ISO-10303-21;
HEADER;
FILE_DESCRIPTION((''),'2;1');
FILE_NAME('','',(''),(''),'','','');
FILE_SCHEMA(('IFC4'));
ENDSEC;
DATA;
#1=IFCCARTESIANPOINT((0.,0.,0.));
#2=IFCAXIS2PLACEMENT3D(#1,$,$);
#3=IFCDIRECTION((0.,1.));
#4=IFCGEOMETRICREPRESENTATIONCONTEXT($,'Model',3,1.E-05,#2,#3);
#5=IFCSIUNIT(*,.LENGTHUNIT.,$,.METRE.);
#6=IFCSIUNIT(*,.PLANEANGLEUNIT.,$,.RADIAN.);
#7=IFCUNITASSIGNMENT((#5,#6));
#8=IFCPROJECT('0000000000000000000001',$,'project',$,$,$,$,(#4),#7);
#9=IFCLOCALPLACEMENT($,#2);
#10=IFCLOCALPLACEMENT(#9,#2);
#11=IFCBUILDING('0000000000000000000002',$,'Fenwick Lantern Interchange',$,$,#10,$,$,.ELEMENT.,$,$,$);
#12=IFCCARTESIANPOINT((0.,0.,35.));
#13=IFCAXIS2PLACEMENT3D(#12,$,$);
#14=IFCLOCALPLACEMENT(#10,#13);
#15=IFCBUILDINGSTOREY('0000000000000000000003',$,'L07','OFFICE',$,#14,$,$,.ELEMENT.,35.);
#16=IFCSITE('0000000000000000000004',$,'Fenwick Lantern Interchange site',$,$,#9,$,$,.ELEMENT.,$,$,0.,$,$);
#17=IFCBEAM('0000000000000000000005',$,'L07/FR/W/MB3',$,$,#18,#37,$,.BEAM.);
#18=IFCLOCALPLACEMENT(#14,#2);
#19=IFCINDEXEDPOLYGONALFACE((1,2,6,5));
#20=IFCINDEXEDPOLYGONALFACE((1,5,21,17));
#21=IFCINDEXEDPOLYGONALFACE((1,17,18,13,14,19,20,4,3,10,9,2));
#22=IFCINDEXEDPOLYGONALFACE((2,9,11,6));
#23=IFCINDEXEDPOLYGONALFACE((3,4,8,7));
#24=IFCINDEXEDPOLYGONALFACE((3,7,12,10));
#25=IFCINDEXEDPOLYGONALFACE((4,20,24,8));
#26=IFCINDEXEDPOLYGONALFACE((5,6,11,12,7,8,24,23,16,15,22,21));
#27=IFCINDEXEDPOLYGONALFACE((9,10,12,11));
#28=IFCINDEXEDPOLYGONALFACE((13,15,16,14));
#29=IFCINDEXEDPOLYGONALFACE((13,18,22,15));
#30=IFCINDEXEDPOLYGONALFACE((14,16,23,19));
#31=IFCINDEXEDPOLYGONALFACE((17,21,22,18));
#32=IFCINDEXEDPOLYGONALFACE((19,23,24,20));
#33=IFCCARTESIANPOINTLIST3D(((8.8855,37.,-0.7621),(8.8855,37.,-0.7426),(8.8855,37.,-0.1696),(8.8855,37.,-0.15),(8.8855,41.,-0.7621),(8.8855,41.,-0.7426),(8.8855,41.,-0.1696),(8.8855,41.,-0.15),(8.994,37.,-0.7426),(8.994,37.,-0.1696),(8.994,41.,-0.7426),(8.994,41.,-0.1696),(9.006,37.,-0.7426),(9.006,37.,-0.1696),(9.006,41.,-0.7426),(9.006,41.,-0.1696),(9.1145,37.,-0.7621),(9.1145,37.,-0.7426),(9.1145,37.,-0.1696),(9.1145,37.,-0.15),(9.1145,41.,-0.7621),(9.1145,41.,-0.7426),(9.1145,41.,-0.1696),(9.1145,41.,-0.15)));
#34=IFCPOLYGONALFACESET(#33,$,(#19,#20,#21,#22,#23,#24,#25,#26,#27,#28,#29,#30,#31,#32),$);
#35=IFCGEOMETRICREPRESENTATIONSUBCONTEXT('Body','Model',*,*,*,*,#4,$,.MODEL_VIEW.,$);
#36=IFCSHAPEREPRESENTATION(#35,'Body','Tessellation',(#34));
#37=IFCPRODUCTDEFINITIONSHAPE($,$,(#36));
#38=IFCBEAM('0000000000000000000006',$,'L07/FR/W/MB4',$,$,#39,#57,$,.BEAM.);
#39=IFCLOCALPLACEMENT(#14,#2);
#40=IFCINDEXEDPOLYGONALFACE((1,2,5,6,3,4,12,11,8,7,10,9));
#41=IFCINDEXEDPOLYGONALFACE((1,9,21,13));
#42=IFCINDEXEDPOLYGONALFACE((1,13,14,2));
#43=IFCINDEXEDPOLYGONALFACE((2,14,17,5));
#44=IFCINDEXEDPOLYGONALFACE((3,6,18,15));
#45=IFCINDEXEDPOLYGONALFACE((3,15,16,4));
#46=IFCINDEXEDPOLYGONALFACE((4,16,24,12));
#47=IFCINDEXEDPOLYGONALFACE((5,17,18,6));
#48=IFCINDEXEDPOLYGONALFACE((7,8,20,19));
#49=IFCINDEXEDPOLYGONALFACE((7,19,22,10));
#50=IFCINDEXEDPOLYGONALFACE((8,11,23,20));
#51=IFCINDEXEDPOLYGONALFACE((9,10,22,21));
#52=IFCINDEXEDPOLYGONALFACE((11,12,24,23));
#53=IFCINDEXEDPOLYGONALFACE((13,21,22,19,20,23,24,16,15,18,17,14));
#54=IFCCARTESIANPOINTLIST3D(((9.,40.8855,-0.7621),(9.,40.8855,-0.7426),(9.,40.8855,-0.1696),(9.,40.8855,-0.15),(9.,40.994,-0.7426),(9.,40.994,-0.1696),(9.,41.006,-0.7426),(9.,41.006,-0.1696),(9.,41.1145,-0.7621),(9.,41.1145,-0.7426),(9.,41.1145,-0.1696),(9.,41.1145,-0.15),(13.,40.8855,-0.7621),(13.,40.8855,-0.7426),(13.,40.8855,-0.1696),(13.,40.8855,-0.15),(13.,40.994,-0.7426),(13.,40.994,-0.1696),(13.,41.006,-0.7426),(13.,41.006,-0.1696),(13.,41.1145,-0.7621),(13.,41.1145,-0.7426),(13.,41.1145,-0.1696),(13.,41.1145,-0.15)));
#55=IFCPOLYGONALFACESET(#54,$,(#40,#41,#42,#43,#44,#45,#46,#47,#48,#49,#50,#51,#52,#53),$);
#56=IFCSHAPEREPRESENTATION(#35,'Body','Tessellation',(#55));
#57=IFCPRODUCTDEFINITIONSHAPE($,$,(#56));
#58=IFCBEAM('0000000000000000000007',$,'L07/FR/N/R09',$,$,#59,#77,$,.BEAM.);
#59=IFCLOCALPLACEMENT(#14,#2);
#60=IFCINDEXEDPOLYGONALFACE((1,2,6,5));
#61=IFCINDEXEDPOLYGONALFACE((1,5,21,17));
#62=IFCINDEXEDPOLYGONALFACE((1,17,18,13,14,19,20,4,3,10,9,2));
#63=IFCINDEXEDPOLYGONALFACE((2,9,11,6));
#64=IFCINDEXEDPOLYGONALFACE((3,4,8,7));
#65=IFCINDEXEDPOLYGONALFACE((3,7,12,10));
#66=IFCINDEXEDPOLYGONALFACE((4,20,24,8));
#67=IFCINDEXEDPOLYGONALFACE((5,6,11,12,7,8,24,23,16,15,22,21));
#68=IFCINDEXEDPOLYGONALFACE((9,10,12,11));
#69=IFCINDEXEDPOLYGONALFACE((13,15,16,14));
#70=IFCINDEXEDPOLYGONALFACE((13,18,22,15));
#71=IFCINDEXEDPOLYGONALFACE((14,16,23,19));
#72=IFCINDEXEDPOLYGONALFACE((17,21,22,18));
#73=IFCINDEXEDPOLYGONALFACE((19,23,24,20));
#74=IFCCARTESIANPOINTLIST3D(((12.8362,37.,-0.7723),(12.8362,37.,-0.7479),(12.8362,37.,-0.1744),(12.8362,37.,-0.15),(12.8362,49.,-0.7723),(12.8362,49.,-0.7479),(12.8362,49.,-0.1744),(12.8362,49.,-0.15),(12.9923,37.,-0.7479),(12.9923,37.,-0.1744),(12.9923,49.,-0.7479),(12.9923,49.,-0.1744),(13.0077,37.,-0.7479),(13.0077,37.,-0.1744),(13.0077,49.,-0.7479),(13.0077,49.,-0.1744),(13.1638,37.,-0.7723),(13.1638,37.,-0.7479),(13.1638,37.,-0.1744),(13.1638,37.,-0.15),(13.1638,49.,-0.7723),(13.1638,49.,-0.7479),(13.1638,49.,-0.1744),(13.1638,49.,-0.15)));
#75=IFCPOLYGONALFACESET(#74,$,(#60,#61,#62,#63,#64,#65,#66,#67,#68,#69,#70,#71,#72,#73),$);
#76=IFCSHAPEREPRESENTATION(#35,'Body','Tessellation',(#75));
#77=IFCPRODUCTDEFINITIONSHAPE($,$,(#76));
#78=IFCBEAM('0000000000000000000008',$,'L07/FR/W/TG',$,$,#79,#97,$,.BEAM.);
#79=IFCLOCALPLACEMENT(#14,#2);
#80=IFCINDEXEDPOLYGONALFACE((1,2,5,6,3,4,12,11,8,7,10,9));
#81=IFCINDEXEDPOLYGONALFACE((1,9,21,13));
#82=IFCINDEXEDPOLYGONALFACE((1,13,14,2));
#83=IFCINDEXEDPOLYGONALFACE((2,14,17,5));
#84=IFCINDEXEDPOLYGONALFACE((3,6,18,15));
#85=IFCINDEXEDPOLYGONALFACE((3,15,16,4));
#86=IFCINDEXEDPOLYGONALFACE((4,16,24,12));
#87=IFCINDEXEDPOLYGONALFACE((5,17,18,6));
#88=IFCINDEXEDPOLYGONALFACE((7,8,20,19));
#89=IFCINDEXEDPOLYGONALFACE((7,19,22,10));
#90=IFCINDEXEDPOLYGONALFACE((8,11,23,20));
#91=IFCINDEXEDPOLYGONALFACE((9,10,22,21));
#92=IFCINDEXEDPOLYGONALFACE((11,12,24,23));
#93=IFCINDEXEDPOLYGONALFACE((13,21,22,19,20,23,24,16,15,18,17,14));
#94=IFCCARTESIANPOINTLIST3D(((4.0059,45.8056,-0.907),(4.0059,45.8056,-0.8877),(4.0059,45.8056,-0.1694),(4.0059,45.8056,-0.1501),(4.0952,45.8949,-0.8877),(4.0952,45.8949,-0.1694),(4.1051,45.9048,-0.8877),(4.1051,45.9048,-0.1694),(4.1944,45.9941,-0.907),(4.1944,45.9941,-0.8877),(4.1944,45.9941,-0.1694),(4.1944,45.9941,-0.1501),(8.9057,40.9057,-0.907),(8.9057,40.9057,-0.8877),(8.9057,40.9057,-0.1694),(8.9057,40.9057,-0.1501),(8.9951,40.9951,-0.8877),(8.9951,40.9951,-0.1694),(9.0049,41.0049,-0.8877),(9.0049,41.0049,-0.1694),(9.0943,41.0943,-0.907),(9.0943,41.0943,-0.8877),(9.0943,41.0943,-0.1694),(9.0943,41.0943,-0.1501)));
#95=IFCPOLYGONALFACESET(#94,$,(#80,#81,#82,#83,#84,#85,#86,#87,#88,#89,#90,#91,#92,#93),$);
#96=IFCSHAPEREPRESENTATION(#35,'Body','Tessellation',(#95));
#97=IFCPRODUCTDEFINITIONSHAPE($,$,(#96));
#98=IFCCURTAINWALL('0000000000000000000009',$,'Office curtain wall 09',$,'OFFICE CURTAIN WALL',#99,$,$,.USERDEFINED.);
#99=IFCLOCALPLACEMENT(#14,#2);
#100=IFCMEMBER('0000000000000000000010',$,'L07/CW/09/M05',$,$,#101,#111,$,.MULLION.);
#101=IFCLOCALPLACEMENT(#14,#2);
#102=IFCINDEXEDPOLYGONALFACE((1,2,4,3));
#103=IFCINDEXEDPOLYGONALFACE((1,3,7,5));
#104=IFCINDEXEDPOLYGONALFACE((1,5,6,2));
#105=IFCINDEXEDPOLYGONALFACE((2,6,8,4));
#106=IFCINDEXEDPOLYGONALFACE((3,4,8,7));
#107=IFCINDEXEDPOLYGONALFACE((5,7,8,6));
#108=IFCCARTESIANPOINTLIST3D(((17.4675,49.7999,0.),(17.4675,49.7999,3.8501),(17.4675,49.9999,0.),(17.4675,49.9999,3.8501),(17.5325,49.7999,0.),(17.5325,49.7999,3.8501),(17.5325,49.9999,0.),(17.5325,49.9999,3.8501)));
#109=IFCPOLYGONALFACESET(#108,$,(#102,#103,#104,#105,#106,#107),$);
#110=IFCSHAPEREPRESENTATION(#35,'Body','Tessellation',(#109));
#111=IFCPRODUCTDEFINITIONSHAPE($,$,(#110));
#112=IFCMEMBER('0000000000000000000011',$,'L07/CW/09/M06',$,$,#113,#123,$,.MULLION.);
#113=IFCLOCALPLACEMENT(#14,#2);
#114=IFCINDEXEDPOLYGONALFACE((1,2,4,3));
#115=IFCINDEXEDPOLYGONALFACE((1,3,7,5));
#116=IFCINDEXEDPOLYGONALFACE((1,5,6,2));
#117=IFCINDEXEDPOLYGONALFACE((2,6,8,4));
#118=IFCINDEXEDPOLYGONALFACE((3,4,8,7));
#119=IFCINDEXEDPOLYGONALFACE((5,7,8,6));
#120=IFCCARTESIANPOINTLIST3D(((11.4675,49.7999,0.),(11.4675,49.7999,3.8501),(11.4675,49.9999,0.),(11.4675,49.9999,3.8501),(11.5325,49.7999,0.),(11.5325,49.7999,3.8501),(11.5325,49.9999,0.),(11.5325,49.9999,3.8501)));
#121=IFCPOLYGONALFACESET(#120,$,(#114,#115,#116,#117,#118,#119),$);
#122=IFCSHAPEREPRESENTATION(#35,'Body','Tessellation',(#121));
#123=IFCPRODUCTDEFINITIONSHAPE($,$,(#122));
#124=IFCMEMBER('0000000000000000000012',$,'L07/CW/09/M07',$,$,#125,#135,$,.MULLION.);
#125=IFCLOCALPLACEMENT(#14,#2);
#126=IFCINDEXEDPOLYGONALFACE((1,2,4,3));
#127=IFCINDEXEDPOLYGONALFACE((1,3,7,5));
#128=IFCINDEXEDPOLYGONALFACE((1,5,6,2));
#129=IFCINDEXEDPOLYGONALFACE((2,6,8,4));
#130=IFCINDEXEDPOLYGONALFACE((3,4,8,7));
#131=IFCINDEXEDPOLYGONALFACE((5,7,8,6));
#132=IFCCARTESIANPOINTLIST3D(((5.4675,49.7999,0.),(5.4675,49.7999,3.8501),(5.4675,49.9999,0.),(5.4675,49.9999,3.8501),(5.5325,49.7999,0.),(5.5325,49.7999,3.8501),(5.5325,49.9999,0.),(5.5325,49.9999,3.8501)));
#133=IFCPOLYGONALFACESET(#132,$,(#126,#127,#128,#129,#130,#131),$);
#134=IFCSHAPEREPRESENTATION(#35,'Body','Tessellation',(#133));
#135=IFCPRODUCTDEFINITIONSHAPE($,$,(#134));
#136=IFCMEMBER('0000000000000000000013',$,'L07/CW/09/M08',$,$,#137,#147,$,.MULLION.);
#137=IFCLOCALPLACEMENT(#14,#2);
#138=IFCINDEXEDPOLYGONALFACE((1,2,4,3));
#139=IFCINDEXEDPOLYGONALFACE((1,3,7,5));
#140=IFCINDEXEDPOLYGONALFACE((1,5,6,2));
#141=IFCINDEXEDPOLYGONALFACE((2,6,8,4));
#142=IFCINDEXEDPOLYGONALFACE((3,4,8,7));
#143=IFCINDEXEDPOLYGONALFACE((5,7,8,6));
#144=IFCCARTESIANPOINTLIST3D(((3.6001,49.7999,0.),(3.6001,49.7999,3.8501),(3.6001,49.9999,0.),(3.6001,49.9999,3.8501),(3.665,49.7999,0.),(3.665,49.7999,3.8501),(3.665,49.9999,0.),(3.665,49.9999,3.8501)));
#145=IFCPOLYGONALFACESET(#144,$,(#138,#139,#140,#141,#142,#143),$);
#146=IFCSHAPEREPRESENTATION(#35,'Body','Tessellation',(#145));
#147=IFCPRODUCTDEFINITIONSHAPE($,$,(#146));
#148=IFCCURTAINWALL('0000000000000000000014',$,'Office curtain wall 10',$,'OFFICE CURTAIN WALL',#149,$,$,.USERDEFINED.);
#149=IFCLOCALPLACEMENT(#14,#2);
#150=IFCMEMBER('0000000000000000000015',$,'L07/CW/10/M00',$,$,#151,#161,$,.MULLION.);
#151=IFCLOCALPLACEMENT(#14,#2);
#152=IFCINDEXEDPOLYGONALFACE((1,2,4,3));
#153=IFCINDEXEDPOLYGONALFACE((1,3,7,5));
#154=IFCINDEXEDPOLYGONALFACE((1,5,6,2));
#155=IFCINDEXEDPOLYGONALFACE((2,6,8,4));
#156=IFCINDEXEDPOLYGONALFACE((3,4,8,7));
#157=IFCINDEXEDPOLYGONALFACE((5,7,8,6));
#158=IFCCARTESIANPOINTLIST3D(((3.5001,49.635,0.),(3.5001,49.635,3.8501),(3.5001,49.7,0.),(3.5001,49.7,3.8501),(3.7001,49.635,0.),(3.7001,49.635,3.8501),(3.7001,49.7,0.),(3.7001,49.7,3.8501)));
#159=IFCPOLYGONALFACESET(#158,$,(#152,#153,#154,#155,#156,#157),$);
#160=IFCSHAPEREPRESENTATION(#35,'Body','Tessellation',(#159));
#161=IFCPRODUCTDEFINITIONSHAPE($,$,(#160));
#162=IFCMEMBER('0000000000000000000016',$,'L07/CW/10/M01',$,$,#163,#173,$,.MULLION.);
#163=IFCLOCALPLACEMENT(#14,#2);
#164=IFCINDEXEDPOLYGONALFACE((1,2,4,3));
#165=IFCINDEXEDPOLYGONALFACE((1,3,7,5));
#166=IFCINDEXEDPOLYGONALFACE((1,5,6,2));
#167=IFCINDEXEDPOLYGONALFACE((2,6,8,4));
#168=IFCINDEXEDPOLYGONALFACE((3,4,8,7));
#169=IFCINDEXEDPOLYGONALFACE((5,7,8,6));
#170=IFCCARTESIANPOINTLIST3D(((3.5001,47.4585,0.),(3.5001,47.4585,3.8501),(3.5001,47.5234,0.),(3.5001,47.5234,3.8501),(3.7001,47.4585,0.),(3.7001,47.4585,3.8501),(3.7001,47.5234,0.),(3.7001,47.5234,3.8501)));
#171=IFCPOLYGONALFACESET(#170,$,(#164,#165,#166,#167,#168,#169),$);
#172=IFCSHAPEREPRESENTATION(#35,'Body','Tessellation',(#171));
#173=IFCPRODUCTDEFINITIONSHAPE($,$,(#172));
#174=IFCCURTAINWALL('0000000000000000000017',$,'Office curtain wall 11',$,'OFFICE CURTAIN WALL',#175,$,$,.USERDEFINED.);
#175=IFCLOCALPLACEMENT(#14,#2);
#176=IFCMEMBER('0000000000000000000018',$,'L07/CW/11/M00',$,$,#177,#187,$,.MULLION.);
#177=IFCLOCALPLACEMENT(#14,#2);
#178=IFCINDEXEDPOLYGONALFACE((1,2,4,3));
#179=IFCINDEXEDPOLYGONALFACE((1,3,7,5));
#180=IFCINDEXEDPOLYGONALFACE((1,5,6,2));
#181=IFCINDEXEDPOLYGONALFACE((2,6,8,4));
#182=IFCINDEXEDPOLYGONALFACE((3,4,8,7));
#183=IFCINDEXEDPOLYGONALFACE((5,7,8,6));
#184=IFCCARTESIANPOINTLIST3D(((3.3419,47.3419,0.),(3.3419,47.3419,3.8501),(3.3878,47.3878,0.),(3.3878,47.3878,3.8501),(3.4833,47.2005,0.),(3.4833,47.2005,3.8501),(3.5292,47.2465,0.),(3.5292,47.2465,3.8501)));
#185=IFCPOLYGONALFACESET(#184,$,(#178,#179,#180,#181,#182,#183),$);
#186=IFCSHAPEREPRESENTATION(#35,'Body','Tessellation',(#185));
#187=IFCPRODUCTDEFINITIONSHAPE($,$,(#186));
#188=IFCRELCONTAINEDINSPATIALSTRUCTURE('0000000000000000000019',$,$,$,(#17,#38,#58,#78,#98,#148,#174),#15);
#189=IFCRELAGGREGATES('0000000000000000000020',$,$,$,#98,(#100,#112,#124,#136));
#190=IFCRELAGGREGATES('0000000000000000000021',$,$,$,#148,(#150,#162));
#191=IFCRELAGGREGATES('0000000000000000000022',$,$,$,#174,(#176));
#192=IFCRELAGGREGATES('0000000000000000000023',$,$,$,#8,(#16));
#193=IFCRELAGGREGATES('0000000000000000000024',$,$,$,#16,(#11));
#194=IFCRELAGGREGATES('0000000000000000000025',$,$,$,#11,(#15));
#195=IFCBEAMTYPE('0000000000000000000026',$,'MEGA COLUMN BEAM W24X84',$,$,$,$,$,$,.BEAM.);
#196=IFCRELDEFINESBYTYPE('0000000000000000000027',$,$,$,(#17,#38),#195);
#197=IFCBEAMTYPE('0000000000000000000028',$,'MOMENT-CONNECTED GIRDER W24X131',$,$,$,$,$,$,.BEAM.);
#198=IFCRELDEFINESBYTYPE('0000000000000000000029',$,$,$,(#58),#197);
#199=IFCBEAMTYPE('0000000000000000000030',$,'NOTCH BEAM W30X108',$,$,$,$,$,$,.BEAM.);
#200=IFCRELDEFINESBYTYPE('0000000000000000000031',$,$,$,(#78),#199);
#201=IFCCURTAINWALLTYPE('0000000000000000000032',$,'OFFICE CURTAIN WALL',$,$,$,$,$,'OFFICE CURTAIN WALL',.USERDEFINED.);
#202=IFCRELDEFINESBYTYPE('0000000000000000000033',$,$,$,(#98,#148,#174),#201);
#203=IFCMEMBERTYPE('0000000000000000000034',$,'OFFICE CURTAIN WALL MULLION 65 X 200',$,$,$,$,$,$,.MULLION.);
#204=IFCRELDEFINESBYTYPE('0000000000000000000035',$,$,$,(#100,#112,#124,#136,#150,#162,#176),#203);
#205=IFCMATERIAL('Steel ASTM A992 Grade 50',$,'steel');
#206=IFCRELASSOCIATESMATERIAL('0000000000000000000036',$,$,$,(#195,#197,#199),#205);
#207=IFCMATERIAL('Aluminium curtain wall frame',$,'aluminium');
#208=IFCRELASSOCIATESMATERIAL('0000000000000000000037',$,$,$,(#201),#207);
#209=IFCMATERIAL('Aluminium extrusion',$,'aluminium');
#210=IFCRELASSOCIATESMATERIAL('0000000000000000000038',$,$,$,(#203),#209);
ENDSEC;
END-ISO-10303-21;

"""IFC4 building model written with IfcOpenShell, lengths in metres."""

from ifc_helpers import new_model, si_unit, direction, frame, origin, origin_2d, place, context, subcontext, project, spatial, rectangle, i_section, extrude, material, material_profile, profile_set, type_object, element, aggregate, save


model = new_model("IFC4")

# Units and contexts
model_context = context("Model", 3, precision=1e-05, world=origin(), true_north=direction((0.0, 1.0)))
body_context = subcontext(model_context, "Body", "Model", "MODEL_VIEW")
ifc_project = project(units=[si_unit("LENGTHUNIT", "METRE"), si_unit("PLANEANGLEUNIT", "RADIAN")], contexts=[model_context])

# Site, building, storey
site_placement = place(None, origin())
site = spatial("IfcSite", under=ifc_project, at=site_placement, Name="Fenwick Lantern Interchange site", CompositionType="ELEMENT", RefElevation=0.0)
building_placement = place(site_placement, origin())
building = spatial("IfcBuilding", under=site, at=building_placement, Name="Fenwick Lantern Interchange", CompositionType="ELEMENT")
storey_placement = place(building_placement, frame((0.0, 0.0, 35.0)))
storey = spatial("IfcBuildingStorey", under=building, at=storey_placement, Name="L07", Description="OFFICE", CompositionType="ELEMENT", Elevation=35.0)

# Beams
ifc_material_1 = material(Name="Steel ASTM A992 Grade 50", Category="steel")
ifc_material_profile_1 = material_profile(ifc_material_1, i_section(OverallWidth=0.229, OverallDepth=0.6121, WebThickness=0.012, FlangeThickness=0.0195, at=origin_2d()), Name="W24X84")
ifc_profile_set_1 = profile_set([ifc_material_profile_1], Name="Steel ASTM A992 Grade 50")
beam_type_1 = type_object("IfcBeamType", Name="MEGA COLUMN BEAM W24X84", PredefinedType="BEAM", material=ifc_profile_set_1)
for number, where, z_axis, x_axis, name in (
    (1, (9.0, 41.0, -0.4561), (0.0, -1.0, 0.0), (1.0, 0.0, 0.0), "L07/FR/W/MB3"),
    (2, (9.0, 41.0, -0.4561), (1.0, 0.0, 0.0), (0.0, 1.0, 0.0), "L07/FR/W/MB4"),
):
    element("IfcBeam", number, at=place(storey_placement, frame(where, z_axis=z_axis, x_axis=x_axis)), inside=storey, type_object=beam_type_1, Name=name, PredefinedType="BEAM", context=body_context, shape_type="SweptSolid", body=[
        extrude(i_section(OverallWidth=0.229, OverallDepth=0.6121, WebThickness=0.012, FlangeThickness=0.0195, at=origin_2d()), origin(), (0.0, 0.0, 1.0), 4.0),
    ])
ifc_material_profile_2 = material_profile(ifc_material_1, i_section(OverallWidth=0.3276, OverallDepth=0.6223, WebThickness=0.0154, FlangeThickness=0.0244, at=origin_2d()), Name="W24X131")
ifc_profile_set_2 = profile_set([ifc_material_profile_2], Name="Steel ASTM A992 Grade 50")
beam_type_2 = type_object("IfcBeamType", Name="MOMENT-CONNECTED GIRDER W24X131", PredefinedType="BEAM", material=ifc_profile_set_2)
beam_1_placement = place(storey_placement, frame((13.0, 49.0, -0.4612), z_axis=(0.0, -1.0, 0.0), x_axis=(1.0, 0.0, 0.0)))
element("IfcBeam", 3, at=beam_1_placement, inside=storey, type_object=beam_type_2, Name="L07/FR/N/R09", PredefinedType="BEAM", context=body_context, shape_type="SweptSolid", body=[
    extrude(i_section(OverallWidth=0.3276, OverallDepth=0.6223, WebThickness=0.0154, FlangeThickness=0.0244, at=origin_2d()), origin(), (0.0, 0.0, 1.0), 12.0),
])
ifc_material_profile_3 = material_profile(ifc_material_1, i_section(OverallWidth=0.2666, OverallDepth=0.7568, WebThickness=0.0139, FlangeThickness=0.0193, at=origin_2d()), Name="W30X108")
ifc_profile_set_3 = profile_set([ifc_material_profile_3], Name="Steel ASTM A992 Grade 50")
beam_type_3 = type_object("IfcBeamType", Name="NOTCH BEAM W30X108", PredefinedType="BEAM", material=ifc_profile_set_3)
beam_2_placement = place(storey_placement, frame((9.0, 41.0, -0.5286), z_axis=(-0.707107, 0.707107, 0.0), x_axis=(-0.707107, -0.707107, 0.0)))
element("IfcBeam", 4, at=beam_2_placement, inside=storey, type_object=beam_type_3, Name="L07/FR/W/TG", PredefinedType="BEAM", context=body_context, shape_type="SweptSolid", body=[
    extrude(i_section(OverallWidth=0.2666, OverallDepth=0.7568, WebThickness=0.0139, FlangeThickness=0.0193, at=origin_2d()), origin(), (0.0, 0.0, 1.0), 6.9294),
])

# Curtain walls, members
ifc_material_2 = material(Name="Aluminium curtain wall frame", Category="aluminium")
curtain_wall_type = type_object("IfcCurtainWallType", Name="OFFICE CURTAIN WALL", ElementType="OFFICE CURTAIN WALL", PredefinedType="USERDEFINED", material=ifc_material_2)
curtain_wall_1_placement = place(storey_placement, origin())
curtain_wall_1 = element("IfcCurtainWall", 5, at=curtain_wall_1_placement, inside=storey, type_object=curtain_wall_type, Name="Office curtain wall 09", ObjectType="OFFICE CURTAIN WALL", PredefinedType="USERDEFINED")
ifc_material_3 = material(Name="Aluminium extrusion", Category="aluminium")
ifc_material_profile_4 = material_profile(ifc_material_3, rectangle(XDim=0.2, YDim=0.0649, at=origin_2d()), Name="OFFICE CURTAIN WALL MULLION 65 X 200")
ifc_profile_set_4 = profile_set([ifc_material_profile_4], Name="Aluminium extrusion")
member_type_1 = type_object("IfcMemberType", Name="OFFICE CURTAIN WALL MULLION 65 X 200", PredefinedType="MULLION", material=ifc_profile_set_4)
member_1_placement = place(storey_placement, frame((17.5, 49.8999, 0.0), z_axis=(0.0, 0.0, 1.0), x_axis=(0.0, -1.0, 0.0)))
member_1 = element("IfcMember", 6, at=member_1_placement, type_object=member_type_1, Name="L07/CW/09/M05", PredefinedType="MULLION", context=body_context, shape_type="SweptSolid", body=[
    extrude(rectangle(XDim=0.2, YDim=0.0649, at=origin_2d()), origin(), (0.0, 0.0, 1.0), 3.8501),
])
member_2_placement = place(storey_placement, frame((11.5, 49.8999, 0.0), z_axis=(0.0, 0.0, 1.0), x_axis=(0.0, -1.0, 0.0)))
member_2 = element("IfcMember", 7, at=member_2_placement, type_object=member_type_1, Name="L07/CW/09/M06", PredefinedType="MULLION", context=body_context, shape_type="SweptSolid", body=[
    extrude(rectangle(XDim=0.2, YDim=0.0649, at=origin_2d()), origin(), (0.0, 0.0, 1.0), 3.8501),
])
member_3_placement = place(storey_placement, frame((5.5, 49.8999, 0.0), z_axis=(0.0, 0.0, 1.0), x_axis=(0.0, -1.0, 0.0)))
member_3 = element("IfcMember", 8, at=member_3_placement, type_object=member_type_1, Name="L07/CW/09/M07", PredefinedType="MULLION", context=body_context, shape_type="SweptSolid", body=[
    extrude(rectangle(XDim=0.2, YDim=0.0649, at=origin_2d()), origin(), (0.0, 0.0, 1.0), 3.8501),
])
member_4_placement = place(storey_placement, frame((3.6326, 49.8999, 0.0), z_axis=(0.0, 0.0, 1.0), x_axis=(0.0, -1.0, 0.0)))
member_4 = element("IfcMember", 9, at=member_4_placement, type_object=member_type_1, Name="L07/CW/09/M08", PredefinedType="MULLION", context=body_context, shape_type="SweptSolid", body=[
    extrude(rectangle(XDim=0.2, YDim=0.0649, at=origin_2d()), origin(), (0.0, 0.0, 1.0), 3.8501),
])
curtain_wall_2_placement = place(storey_placement, origin())
curtain_wall_2 = element("IfcCurtainWall", 10, at=curtain_wall_2_placement, inside=storey, type_object=curtain_wall_type, Name="Office curtain wall 10", ObjectType="OFFICE CURTAIN WALL", PredefinedType="USERDEFINED")
member_5_placement = place(storey_placement, frame((3.6001, 49.6675, 0.0), z_axis=(0.0, 0.0, 1.0), x_axis=(1.0, 0.0, 0.0)))
member_5 = element("IfcMember", 11, at=member_5_placement, type_object=member_type_1, Name="L07/CW/10/M00", PredefinedType="MULLION", context=body_context, shape_type="SweptSolid", body=[
    extrude(rectangle(XDim=0.2, YDim=0.0649, at=origin_2d()), origin(), (0.0, 0.0, 1.0), 3.8501),
])
member_6_placement = place(storey_placement, frame((3.6001, 47.491, 0.0), z_axis=(0.0, 0.0, 1.0), x_axis=(1.0, 0.0, 0.0)))
member_6 = element("IfcMember", 12, at=member_6_placement, type_object=member_type_1, Name="L07/CW/10/M01", PredefinedType="MULLION", context=body_context, shape_type="SweptSolid", body=[
    extrude(rectangle(XDim=0.2, YDim=0.0649, at=origin_2d()), origin(), (0.0, 0.0, 1.0), 3.8501),
])

# Curtain wall, member
curtain_wall_3_placement = place(storey_placement, origin())
curtain_wall_3 = element("IfcCurtainWall", 13, at=curtain_wall_3_placement, inside=storey, type_object=curtain_wall_type, Name="Office curtain wall 11", ObjectType="OFFICE CURTAIN WALL", PredefinedType="USERDEFINED")
member_7_placement = place(storey_placement, frame((3.4355, 47.2942, 0.0), z_axis=(0.0, 0.0, 1.0), x_axis=(0.707107, -0.707107, 0.0)))
member_7 = element("IfcMember", 14, at=member_7_placement, type_object=member_type_1, Name="L07/CW/11/M00", PredefinedType="MULLION", context=body_context, shape_type="SweptSolid", body=[
    extrude(rectangle(XDim=0.2, YDim=0.0649, at=origin_2d()), origin(), (0.0, 0.0, 1.0), 3.8501),
])

aggregate(curtain_wall_1, [member_1, member_2, member_3, member_4])

aggregate(curtain_wall_2, [member_5, member_6])
aggregate(curtain_wall_3, [member_7])

save(model, "model.ifc")
